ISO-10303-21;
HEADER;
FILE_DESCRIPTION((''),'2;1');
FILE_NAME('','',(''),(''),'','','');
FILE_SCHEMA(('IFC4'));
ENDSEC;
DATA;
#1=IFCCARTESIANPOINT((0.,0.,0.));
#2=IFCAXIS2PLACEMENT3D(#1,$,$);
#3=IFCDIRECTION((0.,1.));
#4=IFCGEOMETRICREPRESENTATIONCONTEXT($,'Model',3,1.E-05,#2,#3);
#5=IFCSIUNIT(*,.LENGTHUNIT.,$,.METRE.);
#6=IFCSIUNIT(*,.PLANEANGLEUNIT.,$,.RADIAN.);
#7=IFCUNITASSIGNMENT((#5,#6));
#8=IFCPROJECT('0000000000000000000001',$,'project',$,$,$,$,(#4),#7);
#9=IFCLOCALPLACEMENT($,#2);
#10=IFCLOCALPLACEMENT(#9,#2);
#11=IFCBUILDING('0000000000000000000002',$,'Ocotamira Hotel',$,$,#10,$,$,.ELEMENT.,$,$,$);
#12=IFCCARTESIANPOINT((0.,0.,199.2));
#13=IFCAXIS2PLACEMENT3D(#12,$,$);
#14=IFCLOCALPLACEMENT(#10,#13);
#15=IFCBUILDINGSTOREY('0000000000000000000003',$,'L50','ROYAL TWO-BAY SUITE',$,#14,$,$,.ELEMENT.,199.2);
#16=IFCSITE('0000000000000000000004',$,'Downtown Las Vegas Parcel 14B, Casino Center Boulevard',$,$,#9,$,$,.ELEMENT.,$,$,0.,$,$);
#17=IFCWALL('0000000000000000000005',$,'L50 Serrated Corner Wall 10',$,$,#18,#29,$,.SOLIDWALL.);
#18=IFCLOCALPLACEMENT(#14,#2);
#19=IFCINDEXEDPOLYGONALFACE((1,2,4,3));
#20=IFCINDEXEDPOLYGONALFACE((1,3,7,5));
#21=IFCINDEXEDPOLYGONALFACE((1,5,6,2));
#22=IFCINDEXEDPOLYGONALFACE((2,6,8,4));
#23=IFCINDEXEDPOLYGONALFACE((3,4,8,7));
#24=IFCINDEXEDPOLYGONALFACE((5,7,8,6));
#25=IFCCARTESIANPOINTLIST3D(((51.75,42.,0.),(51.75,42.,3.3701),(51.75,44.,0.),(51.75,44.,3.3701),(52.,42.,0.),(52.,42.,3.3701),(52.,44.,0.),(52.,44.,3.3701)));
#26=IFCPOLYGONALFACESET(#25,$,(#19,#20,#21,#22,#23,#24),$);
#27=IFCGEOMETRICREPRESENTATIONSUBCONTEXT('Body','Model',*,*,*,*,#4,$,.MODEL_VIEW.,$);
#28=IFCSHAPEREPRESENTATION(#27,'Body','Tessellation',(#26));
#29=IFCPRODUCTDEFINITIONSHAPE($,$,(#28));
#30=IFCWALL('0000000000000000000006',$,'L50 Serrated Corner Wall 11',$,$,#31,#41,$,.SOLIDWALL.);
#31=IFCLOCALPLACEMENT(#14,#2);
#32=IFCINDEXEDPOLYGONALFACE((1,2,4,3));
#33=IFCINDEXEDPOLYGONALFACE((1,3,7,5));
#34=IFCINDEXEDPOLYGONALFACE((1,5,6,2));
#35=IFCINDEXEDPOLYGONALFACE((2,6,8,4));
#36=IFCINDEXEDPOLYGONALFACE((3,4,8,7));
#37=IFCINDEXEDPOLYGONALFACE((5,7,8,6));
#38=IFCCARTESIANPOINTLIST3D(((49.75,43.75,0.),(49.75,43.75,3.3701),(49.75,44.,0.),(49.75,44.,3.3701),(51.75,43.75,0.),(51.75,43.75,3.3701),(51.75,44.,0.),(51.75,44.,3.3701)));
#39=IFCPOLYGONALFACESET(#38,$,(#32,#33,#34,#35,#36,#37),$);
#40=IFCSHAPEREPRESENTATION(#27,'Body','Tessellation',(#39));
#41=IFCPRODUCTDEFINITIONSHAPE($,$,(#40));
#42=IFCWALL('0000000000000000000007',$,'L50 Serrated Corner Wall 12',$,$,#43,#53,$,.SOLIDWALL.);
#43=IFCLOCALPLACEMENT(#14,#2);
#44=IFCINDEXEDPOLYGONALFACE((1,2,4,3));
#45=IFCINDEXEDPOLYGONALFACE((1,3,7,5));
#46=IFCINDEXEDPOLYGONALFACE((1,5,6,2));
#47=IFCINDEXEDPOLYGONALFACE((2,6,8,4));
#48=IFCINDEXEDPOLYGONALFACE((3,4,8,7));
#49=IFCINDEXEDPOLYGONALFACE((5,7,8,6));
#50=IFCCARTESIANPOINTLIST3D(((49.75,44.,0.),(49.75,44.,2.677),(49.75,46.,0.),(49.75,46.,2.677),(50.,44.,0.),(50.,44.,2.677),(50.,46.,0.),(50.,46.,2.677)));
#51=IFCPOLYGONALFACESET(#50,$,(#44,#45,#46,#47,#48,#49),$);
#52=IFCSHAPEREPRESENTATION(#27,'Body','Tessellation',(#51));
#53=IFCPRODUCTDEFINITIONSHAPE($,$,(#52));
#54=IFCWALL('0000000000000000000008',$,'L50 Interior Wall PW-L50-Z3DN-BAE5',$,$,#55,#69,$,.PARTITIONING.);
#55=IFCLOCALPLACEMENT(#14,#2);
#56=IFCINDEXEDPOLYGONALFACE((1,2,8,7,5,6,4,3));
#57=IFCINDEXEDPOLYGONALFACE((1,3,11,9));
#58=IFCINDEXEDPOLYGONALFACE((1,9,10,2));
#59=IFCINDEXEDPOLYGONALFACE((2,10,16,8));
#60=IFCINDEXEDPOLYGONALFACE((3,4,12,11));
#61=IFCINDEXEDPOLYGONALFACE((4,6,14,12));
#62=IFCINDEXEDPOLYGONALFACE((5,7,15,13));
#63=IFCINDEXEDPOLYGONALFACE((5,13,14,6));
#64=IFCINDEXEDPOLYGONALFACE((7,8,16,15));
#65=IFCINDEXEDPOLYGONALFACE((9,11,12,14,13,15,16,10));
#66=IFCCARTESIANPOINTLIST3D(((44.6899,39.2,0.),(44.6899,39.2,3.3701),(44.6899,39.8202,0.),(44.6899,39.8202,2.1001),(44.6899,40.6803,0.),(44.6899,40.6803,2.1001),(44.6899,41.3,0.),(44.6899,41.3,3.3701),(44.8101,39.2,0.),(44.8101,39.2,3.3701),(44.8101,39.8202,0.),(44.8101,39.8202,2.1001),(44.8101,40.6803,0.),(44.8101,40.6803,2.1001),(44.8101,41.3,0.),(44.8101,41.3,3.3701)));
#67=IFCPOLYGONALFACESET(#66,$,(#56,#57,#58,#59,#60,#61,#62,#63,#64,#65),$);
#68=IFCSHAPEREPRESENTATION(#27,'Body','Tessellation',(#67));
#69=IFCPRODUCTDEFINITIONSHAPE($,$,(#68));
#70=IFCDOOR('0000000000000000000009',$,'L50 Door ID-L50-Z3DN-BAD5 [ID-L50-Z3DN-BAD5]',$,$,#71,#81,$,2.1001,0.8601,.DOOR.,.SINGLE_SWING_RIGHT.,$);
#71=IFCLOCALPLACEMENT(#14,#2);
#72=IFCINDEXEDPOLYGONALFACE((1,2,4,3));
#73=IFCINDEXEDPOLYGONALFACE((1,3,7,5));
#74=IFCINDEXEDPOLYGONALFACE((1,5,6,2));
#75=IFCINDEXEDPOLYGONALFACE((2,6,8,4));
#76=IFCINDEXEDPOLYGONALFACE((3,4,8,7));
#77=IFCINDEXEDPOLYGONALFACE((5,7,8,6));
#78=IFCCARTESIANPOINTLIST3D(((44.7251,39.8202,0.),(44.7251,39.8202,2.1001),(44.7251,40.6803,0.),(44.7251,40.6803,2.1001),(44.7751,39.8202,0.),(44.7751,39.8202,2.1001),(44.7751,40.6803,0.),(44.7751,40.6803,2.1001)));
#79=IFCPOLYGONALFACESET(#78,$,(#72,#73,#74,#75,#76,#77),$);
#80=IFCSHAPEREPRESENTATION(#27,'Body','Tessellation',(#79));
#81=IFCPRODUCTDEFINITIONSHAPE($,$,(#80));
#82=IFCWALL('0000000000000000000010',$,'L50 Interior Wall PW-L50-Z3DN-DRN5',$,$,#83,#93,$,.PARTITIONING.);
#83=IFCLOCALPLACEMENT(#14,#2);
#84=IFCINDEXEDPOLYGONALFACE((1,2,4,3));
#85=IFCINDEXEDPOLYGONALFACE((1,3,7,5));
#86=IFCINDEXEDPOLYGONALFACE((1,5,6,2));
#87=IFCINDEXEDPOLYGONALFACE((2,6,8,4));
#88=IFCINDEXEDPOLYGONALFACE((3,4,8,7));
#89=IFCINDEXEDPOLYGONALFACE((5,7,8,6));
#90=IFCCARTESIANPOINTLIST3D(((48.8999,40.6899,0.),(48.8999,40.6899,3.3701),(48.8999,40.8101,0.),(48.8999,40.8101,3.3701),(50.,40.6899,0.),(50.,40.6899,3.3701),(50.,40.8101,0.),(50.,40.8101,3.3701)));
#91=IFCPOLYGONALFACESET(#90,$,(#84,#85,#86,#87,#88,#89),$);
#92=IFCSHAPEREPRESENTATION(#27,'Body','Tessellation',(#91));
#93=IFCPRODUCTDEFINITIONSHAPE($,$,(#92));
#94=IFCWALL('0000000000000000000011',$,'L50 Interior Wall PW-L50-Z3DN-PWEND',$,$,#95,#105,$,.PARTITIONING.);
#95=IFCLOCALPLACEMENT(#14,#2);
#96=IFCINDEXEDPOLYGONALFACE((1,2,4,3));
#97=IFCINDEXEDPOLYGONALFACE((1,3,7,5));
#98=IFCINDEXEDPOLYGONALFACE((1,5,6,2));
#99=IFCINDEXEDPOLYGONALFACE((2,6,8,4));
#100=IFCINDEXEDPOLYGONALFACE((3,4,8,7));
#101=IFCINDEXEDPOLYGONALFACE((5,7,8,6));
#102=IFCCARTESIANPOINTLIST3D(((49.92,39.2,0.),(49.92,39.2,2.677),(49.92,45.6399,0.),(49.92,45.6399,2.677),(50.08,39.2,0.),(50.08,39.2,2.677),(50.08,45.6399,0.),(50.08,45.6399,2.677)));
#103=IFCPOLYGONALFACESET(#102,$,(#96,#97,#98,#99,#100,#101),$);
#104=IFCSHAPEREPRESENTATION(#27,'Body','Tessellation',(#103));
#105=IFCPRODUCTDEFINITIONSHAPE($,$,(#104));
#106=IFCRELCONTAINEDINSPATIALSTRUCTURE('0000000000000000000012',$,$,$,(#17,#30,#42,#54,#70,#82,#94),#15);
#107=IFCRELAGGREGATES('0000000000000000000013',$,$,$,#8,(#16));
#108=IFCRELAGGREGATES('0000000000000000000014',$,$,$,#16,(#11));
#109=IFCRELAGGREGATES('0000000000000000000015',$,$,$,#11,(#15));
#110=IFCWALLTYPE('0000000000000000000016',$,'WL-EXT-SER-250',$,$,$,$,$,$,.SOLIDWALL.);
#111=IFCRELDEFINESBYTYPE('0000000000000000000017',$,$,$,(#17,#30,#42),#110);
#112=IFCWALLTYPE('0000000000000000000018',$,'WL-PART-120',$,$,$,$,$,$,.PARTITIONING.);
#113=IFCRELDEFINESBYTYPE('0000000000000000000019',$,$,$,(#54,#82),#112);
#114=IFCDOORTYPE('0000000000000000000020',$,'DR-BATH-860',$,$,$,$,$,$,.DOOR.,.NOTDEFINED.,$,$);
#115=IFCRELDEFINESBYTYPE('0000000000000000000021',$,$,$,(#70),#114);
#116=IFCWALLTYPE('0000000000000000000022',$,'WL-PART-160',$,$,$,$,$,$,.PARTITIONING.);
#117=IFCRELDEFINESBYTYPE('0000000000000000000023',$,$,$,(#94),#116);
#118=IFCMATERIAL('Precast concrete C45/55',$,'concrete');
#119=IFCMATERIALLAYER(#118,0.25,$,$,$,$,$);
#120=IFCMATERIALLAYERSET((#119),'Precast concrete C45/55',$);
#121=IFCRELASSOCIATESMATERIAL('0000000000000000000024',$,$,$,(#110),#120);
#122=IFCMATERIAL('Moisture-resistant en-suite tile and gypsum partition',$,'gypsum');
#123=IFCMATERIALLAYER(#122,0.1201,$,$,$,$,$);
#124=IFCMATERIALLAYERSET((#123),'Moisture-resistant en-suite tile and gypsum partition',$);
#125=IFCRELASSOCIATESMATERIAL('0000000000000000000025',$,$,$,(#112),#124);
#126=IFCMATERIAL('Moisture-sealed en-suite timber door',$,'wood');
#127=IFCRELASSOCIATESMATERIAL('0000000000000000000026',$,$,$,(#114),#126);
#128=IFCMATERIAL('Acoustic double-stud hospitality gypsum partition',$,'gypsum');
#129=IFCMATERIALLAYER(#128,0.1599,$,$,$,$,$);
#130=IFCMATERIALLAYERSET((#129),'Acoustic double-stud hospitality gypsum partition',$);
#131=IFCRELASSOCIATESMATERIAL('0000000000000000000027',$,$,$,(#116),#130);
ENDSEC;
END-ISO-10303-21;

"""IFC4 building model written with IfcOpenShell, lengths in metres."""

from ifc_helpers import new_model, si_unit, direction, frame, frame_2d, origin, place, context, subcontext, project, spatial, rectangle, extrude, source, transform, mapped, material, layer, layer_set, type_object, element, fill, save


model = new_model("IFC4")

# Units and contexts
model_context = context("Model", 3, precision=1e-05, world=origin(), true_north=direction((0.0, 1.0)))
body_context = subcontext(model_context, "Body", "Model", "MODEL_VIEW")
ifc_project = project(units=[si_unit("LENGTHUNIT", "METRE"), si_unit("PLANEANGLEUNIT", "RADIAN")], contexts=[model_context])

# Site, building, storey
site_placement = place(None, origin())
site = spatial("IfcSite", under=ifc_project, at=site_placement, Name="Downtown Las Vegas Parcel 14B, Casino Center Boulevard", CompositionType="ELEMENT", RefElevation=0.0)
building_placement = place(site_placement, origin())
building = spatial("IfcBuilding", under=site, at=building_placement, Name="Ocotamira Hotel", CompositionType="ELEMENT")
storey_placement = place(building_placement, frame((0.0, 0.0, 199.2)))
storey = spatial("IfcBuildingStorey", under=building, at=storey_placement, Name="L50", Description="ROYAL TWO-BAY SUITE", CompositionType="ELEMENT", Elevation=199.2)

# Walls
ifc_material_1 = material(Name="Precast concrete C45/55", Category="concrete")
ifc_layer_1 = layer(ifc_material_1, 0.25)
ifc_layer_set_1 = layer_set([ifc_layer_1], Name="Precast concrete C45/55")
wall_type_1 = type_object("IfcWallType", Name="WL-EXT-SER-250", PredefinedType="SOLIDWALL", material=ifc_layer_set_1)
for number, where, z_axis, x_axis, name in (
    (1, (51.875, 42.0, 0.0), (0.0, 0.0, 1.0), (0.0, 1.0, 0.0), "L50 Serrated Corner Wall 10"),
    (2, (51.75, 43.875, 0.0), (0.0, 0.0, 1.0), (-1.0, 0.0, 0.0), "L50 Serrated Corner Wall 11"),
):
    element("IfcWall", number, at=place(storey_placement, frame(where, z_axis=z_axis, x_axis=x_axis)), inside=storey, type_object=wall_type_1, Name=name, PredefinedType="SOLIDWALL", context=body_context, shape_type="SweptSolid", body=[
        extrude(rectangle(XDim=2.0, YDim=0.25, at=frame_2d((1.0, 0.0))), origin(), (0.0, 0.0, 1.0), 3.3701),
    ])
wall_1_placement = place(storey_placement, frame((49.875, 44.0, 0.0), z_axis=(0.0, 0.0, 1.0), x_axis=(0.0, 1.0, 0.0)))
element("IfcWall", 3, at=wall_1_placement, inside=storey, type_object=wall_type_1, Name="L50 Serrated Corner Wall 12", PredefinedType="SOLIDWALL", context=body_context, shape_type="SweptSolid", body=[
    extrude(rectangle(XDim=2.0, YDim=0.25, at=frame_2d((1.0, 0.0))), origin(), (0.0, 0.0, 1.0), 2.677),
])

# Wall, opening, door
ifc_material_2 = material(Name="Moisture-resistant en-suite tile and gypsum partition", Category="gypsum")
ifc_layer_2 = layer(ifc_material_2, 0.1201)
ifc_layer_set_2 = layer_set([ifc_layer_2], Name="Moisture-resistant en-suite tile and gypsum partition")
wall_type_2 = type_object("IfcWallType", Name="WL-PART-120", PredefinedType="PARTITIONING", material=ifc_layer_set_2)
wall_2_placement = place(storey_placement, frame((44.75, 39.2, 0.0), z_axis=(0.0, 0.0, 1.0), x_axis=(0.0, 1.0, 0.0)))
wall_2 = element("IfcWall", 4, at=wall_2_placement, inside=storey, type_object=wall_type_2, Name="L50 Interior Wall PW-L50-Z3DN-BAE5", PredefinedType="PARTITIONING", context=body_context, shape_type="SweptSolid", body=[
    extrude(rectangle(XDim=2.1001, YDim=0.1201, at=frame_2d((1.05, 0.0))), origin(), (0.0, 0.0, 1.0), 3.3701),
])
opening_1_placement = place(wall_2_placement, frame((0.6201, 0.0, 0.0)))
opening_1 = element("IfcOpeningElement", 5, at=opening_1_placement, cuts=wall_2, PredefinedType="OPENING", context=body_context, shape_type="SweptSolid", body=[
    extrude(rectangle(XDim=0.8601, YDim=2.1001, at=frame_2d((0.4302, 1.05))), frame((0.0, 0.0701, 0.0), z_axis=(0.0, -1.0, 0.0), x_axis=(1.0, 0.0, 0.0)), (0.0, 0.0, 1.0), 0.1401),
])
ifc_material_3 = material(Name="Moisture-sealed en-suite timber door", Category="wood")
door_type_1 = type_object("IfcDoorType", Name="DR-BATH-860", OperationType="NOTDEFINED", PredefinedType="DOOR", material=ifc_material_3)
shared_shape_1 = source(origin(), body_context, "Body", "SweptSolid", [
    extrude(rectangle(XDim=0.8601, YDim=2.1001, at=frame_2d((0.4302, 1.05))), frame((0.0, 0.0249, 0.0), z_axis=(0.0, -1.0, 0.0), x_axis=(1.0, 0.0, 0.0)), (0.0, 0.0, 1.0), 0.05),
])
door_1_placement = place(opening_1_placement, origin())
door_1 = element("IfcDoor", 6, at=door_1_placement, inside=storey, type_object=door_type_1, Name="L50 Door ID-L50-Z3DN-BAD5 [ID-L50-Z3DN-BAD5]", OperationType="SINGLE_SWING_RIGHT", OverallHeight=2.1001, OverallWidth=0.8601, PredefinedType="DOOR", context=body_context, shape_type="MappedRepresentation", body=[
    mapped(shared_shape_1, transform((0.0, 0.0, 0.0), scale=1.0)),
])
fill(opening_1, door_1)

# Walls
wall_3_placement = place(storey_placement, frame((48.8999, 40.75, 0.0), z_axis=(0.0, 0.0, 1.0), x_axis=(1.0, 0.0, 0.0)))
element("IfcWall", 7, at=wall_3_placement, inside=storey, type_object=wall_type_2, Name="L50 Interior Wall PW-L50-Z3DN-DRN5", PredefinedType="PARTITIONING", context=body_context, shape_type="SweptSolid", body=[
    extrude(rectangle(XDim=1.1001, YDim=0.1201, at=frame_2d((0.55, 0.0))), origin(), (0.0, 0.0, 1.0), 3.3701),
])
ifc_material_4 = material(Name="Acoustic double-stud hospitality gypsum partition", Category="gypsum")
ifc_layer_3 = layer(ifc_material_4, 0.1599)
ifc_layer_set_3 = layer_set([ifc_layer_3], Name="Acoustic double-stud hospitality gypsum partition")
wall_type_3 = type_object("IfcWallType", Name="WL-PART-160", PredefinedType="PARTITIONING", material=ifc_layer_set_3)
wall_4_placement = place(storey_placement, frame((50.0, 39.2, 0.0), z_axis=(0.0, 0.0, 1.0), x_axis=(0.0, 1.0, 0.0)))
element("IfcWall", 8, at=wall_4_placement, inside=storey, type_object=wall_type_3, Name="L50 Interior Wall PW-L50-Z3DN-PWEND", PredefinedType="PARTITIONING", context=body_context, shape_type="SweptSolid", body=[
    extrude(rectangle(XDim=6.4399, YDim=0.1599, at=frame_2d((3.22, 0.0))), origin(), (0.0, 0.0, 1.0), 2.677),
])

save(model, "model.ifc")
